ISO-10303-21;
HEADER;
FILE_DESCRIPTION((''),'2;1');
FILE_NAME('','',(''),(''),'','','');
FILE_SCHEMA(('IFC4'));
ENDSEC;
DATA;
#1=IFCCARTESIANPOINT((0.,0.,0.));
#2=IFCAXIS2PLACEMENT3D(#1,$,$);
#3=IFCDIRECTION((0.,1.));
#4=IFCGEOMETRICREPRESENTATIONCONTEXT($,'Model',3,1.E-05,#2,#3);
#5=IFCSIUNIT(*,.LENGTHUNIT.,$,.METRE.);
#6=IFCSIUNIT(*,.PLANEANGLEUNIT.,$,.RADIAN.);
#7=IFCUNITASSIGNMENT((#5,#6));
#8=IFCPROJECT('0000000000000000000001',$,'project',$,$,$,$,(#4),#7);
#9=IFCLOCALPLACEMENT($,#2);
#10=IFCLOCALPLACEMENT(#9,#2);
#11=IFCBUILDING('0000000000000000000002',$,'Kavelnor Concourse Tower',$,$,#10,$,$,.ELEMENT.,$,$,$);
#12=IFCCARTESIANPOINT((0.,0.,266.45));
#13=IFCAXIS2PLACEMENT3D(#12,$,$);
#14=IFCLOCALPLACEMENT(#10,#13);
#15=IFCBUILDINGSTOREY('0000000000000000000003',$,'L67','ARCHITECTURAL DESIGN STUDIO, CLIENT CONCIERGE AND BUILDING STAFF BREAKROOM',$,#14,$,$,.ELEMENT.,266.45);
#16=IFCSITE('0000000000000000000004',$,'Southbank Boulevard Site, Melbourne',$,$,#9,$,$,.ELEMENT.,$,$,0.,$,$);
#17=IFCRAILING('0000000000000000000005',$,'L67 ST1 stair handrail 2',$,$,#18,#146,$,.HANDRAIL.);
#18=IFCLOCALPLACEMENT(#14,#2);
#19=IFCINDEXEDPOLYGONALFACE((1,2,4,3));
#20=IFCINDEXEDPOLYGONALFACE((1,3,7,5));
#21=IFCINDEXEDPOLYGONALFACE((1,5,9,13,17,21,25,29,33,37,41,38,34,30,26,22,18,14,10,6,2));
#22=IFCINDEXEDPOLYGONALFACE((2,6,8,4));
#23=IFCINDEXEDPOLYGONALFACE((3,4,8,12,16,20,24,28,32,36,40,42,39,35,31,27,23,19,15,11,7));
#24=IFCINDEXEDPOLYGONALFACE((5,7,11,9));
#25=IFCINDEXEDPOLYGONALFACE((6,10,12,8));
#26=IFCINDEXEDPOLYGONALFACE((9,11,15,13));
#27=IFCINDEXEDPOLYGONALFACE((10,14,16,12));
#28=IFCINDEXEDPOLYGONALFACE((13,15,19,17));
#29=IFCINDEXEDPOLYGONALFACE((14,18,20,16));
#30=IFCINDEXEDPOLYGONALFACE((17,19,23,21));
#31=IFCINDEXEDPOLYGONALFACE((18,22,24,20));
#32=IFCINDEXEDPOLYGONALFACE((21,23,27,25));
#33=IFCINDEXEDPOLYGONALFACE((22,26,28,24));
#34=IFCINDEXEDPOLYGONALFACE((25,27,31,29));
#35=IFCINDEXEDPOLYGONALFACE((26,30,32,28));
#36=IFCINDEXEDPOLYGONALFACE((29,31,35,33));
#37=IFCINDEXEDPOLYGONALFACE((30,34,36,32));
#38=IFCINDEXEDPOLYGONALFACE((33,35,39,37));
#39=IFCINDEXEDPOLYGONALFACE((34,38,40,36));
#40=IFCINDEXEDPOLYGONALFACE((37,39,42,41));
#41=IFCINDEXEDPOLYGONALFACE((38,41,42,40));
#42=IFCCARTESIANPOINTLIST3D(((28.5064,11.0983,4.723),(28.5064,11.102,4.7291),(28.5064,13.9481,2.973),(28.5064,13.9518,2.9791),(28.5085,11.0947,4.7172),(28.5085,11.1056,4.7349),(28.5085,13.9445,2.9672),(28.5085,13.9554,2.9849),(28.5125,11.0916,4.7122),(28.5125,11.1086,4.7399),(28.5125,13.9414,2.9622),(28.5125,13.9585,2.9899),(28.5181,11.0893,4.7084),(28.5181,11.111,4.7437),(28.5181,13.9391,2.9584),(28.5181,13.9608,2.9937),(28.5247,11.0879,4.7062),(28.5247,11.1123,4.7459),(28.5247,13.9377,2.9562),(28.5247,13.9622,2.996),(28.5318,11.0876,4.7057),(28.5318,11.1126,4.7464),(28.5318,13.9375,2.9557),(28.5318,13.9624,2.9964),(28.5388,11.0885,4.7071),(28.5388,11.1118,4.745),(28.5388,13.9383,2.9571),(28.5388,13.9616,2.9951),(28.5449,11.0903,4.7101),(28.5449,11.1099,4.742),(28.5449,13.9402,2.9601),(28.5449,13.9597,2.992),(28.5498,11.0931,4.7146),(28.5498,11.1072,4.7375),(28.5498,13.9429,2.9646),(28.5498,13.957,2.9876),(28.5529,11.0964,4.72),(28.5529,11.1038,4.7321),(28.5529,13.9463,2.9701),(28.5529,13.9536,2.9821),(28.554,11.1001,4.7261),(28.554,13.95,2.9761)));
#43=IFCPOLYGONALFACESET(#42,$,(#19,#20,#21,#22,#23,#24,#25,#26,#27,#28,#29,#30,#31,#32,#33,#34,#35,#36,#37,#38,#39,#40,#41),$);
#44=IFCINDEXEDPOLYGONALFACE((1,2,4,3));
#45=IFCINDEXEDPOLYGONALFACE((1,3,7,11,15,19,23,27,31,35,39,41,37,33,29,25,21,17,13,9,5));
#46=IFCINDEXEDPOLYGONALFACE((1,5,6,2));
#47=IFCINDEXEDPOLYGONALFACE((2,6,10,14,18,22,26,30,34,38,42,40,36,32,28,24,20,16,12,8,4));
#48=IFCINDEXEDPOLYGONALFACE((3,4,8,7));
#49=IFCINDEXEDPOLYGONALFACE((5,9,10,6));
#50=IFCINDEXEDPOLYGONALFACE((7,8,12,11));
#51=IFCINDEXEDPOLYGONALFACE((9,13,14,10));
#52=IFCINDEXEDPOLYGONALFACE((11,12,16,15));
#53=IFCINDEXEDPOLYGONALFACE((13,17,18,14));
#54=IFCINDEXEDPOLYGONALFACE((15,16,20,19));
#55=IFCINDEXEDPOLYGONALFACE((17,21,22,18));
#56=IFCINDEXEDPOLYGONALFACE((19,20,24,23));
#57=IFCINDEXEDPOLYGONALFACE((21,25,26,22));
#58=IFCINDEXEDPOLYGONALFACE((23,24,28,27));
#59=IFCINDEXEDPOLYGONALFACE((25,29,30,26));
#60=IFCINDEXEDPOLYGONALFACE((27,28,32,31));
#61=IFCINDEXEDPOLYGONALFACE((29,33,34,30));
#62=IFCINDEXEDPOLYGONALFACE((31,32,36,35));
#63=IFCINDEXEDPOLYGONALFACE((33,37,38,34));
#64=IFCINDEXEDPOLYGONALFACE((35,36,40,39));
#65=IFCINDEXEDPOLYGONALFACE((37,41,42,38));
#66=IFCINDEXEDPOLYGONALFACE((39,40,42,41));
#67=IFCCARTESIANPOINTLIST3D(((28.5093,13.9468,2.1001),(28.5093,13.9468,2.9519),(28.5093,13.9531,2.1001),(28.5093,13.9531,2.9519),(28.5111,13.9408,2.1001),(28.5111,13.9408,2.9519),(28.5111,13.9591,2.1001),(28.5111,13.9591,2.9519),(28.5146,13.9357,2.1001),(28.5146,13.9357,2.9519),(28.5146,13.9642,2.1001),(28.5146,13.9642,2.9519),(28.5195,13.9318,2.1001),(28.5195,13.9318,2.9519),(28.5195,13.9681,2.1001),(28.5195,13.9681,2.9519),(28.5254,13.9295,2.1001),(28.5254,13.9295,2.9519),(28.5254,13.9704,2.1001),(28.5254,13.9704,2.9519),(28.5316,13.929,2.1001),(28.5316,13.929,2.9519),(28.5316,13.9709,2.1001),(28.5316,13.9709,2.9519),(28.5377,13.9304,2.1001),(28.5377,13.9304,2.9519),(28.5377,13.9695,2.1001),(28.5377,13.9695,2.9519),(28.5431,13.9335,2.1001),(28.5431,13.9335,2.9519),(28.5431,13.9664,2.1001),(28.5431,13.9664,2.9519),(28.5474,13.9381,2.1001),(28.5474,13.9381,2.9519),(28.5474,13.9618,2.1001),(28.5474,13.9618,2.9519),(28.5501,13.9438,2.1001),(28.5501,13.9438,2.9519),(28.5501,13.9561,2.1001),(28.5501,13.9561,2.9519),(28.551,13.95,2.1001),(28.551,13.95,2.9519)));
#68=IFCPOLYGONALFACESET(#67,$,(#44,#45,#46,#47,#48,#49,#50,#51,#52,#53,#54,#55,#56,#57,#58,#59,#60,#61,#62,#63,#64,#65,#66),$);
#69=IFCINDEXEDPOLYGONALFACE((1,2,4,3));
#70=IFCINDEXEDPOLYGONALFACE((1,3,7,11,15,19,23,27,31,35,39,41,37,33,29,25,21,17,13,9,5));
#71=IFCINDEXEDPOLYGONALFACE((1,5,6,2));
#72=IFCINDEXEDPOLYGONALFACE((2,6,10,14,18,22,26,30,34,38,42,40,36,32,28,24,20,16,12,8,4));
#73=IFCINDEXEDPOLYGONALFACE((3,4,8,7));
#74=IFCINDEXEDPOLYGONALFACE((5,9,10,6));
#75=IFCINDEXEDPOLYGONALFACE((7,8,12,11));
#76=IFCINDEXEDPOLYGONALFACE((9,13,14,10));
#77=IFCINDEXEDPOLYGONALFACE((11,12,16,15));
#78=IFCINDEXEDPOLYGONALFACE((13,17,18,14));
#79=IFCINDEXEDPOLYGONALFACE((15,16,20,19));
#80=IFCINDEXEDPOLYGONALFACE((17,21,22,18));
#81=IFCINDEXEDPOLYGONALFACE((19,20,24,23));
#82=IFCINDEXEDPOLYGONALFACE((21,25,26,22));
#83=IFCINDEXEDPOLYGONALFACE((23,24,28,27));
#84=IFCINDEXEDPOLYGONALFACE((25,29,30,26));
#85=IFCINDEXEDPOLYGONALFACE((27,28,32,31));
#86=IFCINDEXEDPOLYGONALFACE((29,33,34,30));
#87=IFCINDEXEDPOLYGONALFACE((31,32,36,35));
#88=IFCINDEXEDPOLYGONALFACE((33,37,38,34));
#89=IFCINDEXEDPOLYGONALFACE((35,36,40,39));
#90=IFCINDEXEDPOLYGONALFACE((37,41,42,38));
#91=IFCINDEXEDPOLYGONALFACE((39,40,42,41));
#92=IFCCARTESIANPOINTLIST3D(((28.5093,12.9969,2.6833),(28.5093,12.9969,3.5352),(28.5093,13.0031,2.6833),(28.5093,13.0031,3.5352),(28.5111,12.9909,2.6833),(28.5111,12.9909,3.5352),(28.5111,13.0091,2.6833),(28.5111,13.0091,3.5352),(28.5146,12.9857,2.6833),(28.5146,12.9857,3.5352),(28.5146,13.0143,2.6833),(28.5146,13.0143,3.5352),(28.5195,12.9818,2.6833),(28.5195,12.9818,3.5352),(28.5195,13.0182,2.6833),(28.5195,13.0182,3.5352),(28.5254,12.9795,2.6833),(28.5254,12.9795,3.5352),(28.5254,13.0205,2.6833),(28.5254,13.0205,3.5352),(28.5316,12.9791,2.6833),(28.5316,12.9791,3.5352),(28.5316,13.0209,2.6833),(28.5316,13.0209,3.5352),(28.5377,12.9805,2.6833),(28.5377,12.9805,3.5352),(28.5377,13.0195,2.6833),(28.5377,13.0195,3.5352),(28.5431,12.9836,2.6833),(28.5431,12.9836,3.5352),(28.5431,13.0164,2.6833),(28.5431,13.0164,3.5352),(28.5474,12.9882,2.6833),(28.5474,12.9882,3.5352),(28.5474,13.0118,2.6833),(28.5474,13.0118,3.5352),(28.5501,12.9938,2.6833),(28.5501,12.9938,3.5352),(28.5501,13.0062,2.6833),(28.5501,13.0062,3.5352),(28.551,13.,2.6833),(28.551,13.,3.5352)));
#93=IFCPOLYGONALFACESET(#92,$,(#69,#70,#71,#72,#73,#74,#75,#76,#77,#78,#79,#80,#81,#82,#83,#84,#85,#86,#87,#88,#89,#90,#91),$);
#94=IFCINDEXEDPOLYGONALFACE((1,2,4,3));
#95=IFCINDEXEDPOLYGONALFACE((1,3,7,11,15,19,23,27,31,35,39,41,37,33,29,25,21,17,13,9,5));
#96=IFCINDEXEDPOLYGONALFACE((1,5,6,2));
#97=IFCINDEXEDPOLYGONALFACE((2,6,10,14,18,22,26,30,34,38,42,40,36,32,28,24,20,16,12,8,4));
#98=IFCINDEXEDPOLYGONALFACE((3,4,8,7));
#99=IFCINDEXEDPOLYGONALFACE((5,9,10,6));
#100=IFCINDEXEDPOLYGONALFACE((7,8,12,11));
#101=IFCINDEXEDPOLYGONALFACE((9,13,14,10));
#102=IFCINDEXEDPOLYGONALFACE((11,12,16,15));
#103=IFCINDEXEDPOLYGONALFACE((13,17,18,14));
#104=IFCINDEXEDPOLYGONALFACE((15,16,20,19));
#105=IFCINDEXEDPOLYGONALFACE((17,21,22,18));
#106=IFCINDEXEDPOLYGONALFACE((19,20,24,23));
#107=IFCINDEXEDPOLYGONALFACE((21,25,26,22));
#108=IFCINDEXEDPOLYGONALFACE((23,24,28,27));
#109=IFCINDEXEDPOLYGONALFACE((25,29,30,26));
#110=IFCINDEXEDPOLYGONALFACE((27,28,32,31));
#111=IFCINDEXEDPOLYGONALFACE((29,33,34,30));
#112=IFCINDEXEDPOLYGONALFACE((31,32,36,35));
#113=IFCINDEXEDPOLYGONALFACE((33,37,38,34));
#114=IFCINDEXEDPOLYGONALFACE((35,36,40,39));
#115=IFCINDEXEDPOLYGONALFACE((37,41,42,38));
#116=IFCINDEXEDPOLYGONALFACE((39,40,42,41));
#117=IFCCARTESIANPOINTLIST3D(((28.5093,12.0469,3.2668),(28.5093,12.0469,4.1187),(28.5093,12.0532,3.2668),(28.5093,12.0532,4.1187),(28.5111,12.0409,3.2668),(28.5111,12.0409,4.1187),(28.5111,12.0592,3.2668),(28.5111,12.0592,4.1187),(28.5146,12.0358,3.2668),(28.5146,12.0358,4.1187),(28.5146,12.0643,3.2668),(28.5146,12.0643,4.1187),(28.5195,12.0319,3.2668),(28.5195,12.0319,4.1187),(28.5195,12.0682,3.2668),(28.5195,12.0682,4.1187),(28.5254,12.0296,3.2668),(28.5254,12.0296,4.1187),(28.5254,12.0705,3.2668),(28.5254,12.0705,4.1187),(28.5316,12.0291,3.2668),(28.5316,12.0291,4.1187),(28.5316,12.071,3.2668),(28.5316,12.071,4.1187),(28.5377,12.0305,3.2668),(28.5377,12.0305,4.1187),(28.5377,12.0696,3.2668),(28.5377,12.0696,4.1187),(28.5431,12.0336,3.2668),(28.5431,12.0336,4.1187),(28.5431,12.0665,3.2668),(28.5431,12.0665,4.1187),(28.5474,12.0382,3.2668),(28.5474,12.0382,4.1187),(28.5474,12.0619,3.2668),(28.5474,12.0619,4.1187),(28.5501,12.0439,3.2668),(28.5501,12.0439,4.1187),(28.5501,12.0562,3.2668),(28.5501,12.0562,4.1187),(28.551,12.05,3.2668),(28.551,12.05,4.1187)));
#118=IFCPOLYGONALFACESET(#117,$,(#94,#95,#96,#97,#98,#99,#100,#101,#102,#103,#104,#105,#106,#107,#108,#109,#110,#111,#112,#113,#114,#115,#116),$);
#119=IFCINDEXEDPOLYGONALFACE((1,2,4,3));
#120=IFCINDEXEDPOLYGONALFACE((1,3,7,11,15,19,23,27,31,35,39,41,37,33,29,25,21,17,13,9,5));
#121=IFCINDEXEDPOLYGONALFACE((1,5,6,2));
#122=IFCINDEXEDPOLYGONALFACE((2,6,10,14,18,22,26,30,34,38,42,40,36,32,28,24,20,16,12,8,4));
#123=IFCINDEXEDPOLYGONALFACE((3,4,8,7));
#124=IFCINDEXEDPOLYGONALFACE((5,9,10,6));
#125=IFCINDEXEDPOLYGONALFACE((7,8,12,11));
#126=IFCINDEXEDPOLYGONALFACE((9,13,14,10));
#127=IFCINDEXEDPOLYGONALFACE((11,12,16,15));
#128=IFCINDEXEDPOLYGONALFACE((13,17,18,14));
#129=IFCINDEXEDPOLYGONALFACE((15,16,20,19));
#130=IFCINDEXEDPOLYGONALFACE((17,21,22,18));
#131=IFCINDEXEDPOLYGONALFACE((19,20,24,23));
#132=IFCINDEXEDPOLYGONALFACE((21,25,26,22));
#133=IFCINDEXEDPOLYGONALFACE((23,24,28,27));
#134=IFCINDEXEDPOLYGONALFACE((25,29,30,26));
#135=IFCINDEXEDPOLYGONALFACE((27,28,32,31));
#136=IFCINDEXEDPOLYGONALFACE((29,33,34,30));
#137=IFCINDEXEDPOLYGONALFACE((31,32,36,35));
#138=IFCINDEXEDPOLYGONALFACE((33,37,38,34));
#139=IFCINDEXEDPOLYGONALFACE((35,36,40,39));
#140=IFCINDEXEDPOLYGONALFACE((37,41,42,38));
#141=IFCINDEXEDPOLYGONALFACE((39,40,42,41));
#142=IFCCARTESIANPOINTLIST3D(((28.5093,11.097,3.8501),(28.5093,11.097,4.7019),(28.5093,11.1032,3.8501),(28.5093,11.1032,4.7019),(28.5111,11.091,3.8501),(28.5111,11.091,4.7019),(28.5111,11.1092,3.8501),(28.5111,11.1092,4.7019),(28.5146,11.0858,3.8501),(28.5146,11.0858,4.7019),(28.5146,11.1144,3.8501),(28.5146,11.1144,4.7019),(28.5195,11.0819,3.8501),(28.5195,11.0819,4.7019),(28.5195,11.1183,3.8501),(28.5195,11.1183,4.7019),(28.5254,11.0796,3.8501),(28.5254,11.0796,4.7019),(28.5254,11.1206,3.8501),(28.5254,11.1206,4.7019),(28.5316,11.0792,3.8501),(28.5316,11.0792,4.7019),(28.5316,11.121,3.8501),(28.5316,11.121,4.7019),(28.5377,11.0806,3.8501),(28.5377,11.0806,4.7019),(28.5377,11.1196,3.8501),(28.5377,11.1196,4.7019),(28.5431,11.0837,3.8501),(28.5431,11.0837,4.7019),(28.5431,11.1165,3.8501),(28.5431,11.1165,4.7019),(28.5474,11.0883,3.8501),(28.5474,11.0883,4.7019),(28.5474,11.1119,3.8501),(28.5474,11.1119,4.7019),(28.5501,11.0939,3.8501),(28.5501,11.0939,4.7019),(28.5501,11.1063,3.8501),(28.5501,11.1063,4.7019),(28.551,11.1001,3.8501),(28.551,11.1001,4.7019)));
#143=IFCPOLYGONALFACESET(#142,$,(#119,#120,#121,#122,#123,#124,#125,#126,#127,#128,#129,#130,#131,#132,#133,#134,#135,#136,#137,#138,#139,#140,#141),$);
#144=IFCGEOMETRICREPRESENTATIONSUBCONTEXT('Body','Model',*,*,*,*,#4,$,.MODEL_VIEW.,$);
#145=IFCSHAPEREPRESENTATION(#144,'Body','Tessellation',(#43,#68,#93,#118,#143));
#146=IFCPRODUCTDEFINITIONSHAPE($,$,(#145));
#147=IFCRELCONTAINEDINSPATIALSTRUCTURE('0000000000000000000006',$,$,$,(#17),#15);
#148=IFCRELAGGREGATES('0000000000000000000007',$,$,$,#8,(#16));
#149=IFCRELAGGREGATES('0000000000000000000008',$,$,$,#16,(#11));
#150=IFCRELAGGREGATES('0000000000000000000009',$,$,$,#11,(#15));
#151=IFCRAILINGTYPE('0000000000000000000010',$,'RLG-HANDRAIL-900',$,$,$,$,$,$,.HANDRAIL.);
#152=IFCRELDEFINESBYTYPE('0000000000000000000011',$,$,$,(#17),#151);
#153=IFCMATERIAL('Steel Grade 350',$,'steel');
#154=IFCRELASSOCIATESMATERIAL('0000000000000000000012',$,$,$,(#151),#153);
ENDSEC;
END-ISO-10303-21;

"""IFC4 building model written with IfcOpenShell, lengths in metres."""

from ifc_helpers import new_model, si_unit, direction, frame, origin, origin_2d, place, context, subcontext, project, spatial, circle, extrude, material, type_object, element, save


model = new_model("IFC4")

# Units and contexts
model_context = context("Model", 3, precision=1e-05, world=origin(), true_north=direction((0.0, 1.0)))
body_context = subcontext(model_context, "Body", "Model", "MODEL_VIEW")
ifc_project = project(units=[si_unit("LENGTHUNIT", "METRE"), si_unit("PLANEANGLEUNIT", "RADIAN")], contexts=[model_context])

# Site, building, storey
site_placement = place(None, origin())
site = spatial("IfcSite", under=ifc_project, at=site_placement, Name="Southbank Boulevard Site, Melbourne", CompositionType="ELEMENT", RefElevation=0.0)
building_placement = place(site_placement, origin())
building = spatial("IfcBuilding", under=site, at=building_placement, Name="Kavelnor Concourse Tower", CompositionType="ELEMENT")
storey_placement = place(building_placement, frame((0.0, 0.0, 266.45)))
storey = spatial("IfcBuildingStorey", under=building, at=storey_placement, Name="L67", Description="ARCHITECTURAL DESIGN STUDIO, CLIENT CONCIERGE AND BUILDING STAFF BREAKROOM", CompositionType="ELEMENT", Elevation=266.45)

# Shared definitions
ifc_material_1 = material(Name="Steel Grade 350", Category="steel")

# Railing
railing_type_1 = type_object("IfcRailingType", Name="RLG-HANDRAIL-900", PredefinedType="HANDRAIL", material=ifc_material_1)
railing_1_placement = place(storey_placement, frame((28.53, 13.95, 2.1001)))
element("IfcRailing", 1, at=railing_1_placement, inside=storey, type_object=railing_type_1, Name="L67 ST1 stair handrail 2", PredefinedType="HANDRAIL", context=body_context, shape_type="SweptSolid", body=[
    extrude(circle(Radius=0.0239, at=origin_2d()), frame((0.0, 0.0, 0.876), z_axis=(0.0, -0.852159, 0.523283), x_axis=(1.0, 0.0, 0.0)), (0.0, 0.0, 1.0), 3.3442),
    extrude(circle(Radius=0.021, at=origin_2d()), origin(), (0.0, 0.0, 1.0), 0.8518),
    extrude(circle(Radius=0.021, at=origin_2d()), frame((0.0, -0.95, 0.5833)), (0.0, 0.0, 1.0), 0.8518),
    extrude(circle(Radius=0.021, at=origin_2d()), frame((0.0, -1.8999, 1.1667)), (0.0, 0.0, 1.0), 0.8518),
    extrude(circle(Radius=0.021, at=origin_2d()), frame((0.0, -2.8499, 1.75)), (0.0, 0.0, 1.0), 0.8518),
])

save(model, "model.ifc")
